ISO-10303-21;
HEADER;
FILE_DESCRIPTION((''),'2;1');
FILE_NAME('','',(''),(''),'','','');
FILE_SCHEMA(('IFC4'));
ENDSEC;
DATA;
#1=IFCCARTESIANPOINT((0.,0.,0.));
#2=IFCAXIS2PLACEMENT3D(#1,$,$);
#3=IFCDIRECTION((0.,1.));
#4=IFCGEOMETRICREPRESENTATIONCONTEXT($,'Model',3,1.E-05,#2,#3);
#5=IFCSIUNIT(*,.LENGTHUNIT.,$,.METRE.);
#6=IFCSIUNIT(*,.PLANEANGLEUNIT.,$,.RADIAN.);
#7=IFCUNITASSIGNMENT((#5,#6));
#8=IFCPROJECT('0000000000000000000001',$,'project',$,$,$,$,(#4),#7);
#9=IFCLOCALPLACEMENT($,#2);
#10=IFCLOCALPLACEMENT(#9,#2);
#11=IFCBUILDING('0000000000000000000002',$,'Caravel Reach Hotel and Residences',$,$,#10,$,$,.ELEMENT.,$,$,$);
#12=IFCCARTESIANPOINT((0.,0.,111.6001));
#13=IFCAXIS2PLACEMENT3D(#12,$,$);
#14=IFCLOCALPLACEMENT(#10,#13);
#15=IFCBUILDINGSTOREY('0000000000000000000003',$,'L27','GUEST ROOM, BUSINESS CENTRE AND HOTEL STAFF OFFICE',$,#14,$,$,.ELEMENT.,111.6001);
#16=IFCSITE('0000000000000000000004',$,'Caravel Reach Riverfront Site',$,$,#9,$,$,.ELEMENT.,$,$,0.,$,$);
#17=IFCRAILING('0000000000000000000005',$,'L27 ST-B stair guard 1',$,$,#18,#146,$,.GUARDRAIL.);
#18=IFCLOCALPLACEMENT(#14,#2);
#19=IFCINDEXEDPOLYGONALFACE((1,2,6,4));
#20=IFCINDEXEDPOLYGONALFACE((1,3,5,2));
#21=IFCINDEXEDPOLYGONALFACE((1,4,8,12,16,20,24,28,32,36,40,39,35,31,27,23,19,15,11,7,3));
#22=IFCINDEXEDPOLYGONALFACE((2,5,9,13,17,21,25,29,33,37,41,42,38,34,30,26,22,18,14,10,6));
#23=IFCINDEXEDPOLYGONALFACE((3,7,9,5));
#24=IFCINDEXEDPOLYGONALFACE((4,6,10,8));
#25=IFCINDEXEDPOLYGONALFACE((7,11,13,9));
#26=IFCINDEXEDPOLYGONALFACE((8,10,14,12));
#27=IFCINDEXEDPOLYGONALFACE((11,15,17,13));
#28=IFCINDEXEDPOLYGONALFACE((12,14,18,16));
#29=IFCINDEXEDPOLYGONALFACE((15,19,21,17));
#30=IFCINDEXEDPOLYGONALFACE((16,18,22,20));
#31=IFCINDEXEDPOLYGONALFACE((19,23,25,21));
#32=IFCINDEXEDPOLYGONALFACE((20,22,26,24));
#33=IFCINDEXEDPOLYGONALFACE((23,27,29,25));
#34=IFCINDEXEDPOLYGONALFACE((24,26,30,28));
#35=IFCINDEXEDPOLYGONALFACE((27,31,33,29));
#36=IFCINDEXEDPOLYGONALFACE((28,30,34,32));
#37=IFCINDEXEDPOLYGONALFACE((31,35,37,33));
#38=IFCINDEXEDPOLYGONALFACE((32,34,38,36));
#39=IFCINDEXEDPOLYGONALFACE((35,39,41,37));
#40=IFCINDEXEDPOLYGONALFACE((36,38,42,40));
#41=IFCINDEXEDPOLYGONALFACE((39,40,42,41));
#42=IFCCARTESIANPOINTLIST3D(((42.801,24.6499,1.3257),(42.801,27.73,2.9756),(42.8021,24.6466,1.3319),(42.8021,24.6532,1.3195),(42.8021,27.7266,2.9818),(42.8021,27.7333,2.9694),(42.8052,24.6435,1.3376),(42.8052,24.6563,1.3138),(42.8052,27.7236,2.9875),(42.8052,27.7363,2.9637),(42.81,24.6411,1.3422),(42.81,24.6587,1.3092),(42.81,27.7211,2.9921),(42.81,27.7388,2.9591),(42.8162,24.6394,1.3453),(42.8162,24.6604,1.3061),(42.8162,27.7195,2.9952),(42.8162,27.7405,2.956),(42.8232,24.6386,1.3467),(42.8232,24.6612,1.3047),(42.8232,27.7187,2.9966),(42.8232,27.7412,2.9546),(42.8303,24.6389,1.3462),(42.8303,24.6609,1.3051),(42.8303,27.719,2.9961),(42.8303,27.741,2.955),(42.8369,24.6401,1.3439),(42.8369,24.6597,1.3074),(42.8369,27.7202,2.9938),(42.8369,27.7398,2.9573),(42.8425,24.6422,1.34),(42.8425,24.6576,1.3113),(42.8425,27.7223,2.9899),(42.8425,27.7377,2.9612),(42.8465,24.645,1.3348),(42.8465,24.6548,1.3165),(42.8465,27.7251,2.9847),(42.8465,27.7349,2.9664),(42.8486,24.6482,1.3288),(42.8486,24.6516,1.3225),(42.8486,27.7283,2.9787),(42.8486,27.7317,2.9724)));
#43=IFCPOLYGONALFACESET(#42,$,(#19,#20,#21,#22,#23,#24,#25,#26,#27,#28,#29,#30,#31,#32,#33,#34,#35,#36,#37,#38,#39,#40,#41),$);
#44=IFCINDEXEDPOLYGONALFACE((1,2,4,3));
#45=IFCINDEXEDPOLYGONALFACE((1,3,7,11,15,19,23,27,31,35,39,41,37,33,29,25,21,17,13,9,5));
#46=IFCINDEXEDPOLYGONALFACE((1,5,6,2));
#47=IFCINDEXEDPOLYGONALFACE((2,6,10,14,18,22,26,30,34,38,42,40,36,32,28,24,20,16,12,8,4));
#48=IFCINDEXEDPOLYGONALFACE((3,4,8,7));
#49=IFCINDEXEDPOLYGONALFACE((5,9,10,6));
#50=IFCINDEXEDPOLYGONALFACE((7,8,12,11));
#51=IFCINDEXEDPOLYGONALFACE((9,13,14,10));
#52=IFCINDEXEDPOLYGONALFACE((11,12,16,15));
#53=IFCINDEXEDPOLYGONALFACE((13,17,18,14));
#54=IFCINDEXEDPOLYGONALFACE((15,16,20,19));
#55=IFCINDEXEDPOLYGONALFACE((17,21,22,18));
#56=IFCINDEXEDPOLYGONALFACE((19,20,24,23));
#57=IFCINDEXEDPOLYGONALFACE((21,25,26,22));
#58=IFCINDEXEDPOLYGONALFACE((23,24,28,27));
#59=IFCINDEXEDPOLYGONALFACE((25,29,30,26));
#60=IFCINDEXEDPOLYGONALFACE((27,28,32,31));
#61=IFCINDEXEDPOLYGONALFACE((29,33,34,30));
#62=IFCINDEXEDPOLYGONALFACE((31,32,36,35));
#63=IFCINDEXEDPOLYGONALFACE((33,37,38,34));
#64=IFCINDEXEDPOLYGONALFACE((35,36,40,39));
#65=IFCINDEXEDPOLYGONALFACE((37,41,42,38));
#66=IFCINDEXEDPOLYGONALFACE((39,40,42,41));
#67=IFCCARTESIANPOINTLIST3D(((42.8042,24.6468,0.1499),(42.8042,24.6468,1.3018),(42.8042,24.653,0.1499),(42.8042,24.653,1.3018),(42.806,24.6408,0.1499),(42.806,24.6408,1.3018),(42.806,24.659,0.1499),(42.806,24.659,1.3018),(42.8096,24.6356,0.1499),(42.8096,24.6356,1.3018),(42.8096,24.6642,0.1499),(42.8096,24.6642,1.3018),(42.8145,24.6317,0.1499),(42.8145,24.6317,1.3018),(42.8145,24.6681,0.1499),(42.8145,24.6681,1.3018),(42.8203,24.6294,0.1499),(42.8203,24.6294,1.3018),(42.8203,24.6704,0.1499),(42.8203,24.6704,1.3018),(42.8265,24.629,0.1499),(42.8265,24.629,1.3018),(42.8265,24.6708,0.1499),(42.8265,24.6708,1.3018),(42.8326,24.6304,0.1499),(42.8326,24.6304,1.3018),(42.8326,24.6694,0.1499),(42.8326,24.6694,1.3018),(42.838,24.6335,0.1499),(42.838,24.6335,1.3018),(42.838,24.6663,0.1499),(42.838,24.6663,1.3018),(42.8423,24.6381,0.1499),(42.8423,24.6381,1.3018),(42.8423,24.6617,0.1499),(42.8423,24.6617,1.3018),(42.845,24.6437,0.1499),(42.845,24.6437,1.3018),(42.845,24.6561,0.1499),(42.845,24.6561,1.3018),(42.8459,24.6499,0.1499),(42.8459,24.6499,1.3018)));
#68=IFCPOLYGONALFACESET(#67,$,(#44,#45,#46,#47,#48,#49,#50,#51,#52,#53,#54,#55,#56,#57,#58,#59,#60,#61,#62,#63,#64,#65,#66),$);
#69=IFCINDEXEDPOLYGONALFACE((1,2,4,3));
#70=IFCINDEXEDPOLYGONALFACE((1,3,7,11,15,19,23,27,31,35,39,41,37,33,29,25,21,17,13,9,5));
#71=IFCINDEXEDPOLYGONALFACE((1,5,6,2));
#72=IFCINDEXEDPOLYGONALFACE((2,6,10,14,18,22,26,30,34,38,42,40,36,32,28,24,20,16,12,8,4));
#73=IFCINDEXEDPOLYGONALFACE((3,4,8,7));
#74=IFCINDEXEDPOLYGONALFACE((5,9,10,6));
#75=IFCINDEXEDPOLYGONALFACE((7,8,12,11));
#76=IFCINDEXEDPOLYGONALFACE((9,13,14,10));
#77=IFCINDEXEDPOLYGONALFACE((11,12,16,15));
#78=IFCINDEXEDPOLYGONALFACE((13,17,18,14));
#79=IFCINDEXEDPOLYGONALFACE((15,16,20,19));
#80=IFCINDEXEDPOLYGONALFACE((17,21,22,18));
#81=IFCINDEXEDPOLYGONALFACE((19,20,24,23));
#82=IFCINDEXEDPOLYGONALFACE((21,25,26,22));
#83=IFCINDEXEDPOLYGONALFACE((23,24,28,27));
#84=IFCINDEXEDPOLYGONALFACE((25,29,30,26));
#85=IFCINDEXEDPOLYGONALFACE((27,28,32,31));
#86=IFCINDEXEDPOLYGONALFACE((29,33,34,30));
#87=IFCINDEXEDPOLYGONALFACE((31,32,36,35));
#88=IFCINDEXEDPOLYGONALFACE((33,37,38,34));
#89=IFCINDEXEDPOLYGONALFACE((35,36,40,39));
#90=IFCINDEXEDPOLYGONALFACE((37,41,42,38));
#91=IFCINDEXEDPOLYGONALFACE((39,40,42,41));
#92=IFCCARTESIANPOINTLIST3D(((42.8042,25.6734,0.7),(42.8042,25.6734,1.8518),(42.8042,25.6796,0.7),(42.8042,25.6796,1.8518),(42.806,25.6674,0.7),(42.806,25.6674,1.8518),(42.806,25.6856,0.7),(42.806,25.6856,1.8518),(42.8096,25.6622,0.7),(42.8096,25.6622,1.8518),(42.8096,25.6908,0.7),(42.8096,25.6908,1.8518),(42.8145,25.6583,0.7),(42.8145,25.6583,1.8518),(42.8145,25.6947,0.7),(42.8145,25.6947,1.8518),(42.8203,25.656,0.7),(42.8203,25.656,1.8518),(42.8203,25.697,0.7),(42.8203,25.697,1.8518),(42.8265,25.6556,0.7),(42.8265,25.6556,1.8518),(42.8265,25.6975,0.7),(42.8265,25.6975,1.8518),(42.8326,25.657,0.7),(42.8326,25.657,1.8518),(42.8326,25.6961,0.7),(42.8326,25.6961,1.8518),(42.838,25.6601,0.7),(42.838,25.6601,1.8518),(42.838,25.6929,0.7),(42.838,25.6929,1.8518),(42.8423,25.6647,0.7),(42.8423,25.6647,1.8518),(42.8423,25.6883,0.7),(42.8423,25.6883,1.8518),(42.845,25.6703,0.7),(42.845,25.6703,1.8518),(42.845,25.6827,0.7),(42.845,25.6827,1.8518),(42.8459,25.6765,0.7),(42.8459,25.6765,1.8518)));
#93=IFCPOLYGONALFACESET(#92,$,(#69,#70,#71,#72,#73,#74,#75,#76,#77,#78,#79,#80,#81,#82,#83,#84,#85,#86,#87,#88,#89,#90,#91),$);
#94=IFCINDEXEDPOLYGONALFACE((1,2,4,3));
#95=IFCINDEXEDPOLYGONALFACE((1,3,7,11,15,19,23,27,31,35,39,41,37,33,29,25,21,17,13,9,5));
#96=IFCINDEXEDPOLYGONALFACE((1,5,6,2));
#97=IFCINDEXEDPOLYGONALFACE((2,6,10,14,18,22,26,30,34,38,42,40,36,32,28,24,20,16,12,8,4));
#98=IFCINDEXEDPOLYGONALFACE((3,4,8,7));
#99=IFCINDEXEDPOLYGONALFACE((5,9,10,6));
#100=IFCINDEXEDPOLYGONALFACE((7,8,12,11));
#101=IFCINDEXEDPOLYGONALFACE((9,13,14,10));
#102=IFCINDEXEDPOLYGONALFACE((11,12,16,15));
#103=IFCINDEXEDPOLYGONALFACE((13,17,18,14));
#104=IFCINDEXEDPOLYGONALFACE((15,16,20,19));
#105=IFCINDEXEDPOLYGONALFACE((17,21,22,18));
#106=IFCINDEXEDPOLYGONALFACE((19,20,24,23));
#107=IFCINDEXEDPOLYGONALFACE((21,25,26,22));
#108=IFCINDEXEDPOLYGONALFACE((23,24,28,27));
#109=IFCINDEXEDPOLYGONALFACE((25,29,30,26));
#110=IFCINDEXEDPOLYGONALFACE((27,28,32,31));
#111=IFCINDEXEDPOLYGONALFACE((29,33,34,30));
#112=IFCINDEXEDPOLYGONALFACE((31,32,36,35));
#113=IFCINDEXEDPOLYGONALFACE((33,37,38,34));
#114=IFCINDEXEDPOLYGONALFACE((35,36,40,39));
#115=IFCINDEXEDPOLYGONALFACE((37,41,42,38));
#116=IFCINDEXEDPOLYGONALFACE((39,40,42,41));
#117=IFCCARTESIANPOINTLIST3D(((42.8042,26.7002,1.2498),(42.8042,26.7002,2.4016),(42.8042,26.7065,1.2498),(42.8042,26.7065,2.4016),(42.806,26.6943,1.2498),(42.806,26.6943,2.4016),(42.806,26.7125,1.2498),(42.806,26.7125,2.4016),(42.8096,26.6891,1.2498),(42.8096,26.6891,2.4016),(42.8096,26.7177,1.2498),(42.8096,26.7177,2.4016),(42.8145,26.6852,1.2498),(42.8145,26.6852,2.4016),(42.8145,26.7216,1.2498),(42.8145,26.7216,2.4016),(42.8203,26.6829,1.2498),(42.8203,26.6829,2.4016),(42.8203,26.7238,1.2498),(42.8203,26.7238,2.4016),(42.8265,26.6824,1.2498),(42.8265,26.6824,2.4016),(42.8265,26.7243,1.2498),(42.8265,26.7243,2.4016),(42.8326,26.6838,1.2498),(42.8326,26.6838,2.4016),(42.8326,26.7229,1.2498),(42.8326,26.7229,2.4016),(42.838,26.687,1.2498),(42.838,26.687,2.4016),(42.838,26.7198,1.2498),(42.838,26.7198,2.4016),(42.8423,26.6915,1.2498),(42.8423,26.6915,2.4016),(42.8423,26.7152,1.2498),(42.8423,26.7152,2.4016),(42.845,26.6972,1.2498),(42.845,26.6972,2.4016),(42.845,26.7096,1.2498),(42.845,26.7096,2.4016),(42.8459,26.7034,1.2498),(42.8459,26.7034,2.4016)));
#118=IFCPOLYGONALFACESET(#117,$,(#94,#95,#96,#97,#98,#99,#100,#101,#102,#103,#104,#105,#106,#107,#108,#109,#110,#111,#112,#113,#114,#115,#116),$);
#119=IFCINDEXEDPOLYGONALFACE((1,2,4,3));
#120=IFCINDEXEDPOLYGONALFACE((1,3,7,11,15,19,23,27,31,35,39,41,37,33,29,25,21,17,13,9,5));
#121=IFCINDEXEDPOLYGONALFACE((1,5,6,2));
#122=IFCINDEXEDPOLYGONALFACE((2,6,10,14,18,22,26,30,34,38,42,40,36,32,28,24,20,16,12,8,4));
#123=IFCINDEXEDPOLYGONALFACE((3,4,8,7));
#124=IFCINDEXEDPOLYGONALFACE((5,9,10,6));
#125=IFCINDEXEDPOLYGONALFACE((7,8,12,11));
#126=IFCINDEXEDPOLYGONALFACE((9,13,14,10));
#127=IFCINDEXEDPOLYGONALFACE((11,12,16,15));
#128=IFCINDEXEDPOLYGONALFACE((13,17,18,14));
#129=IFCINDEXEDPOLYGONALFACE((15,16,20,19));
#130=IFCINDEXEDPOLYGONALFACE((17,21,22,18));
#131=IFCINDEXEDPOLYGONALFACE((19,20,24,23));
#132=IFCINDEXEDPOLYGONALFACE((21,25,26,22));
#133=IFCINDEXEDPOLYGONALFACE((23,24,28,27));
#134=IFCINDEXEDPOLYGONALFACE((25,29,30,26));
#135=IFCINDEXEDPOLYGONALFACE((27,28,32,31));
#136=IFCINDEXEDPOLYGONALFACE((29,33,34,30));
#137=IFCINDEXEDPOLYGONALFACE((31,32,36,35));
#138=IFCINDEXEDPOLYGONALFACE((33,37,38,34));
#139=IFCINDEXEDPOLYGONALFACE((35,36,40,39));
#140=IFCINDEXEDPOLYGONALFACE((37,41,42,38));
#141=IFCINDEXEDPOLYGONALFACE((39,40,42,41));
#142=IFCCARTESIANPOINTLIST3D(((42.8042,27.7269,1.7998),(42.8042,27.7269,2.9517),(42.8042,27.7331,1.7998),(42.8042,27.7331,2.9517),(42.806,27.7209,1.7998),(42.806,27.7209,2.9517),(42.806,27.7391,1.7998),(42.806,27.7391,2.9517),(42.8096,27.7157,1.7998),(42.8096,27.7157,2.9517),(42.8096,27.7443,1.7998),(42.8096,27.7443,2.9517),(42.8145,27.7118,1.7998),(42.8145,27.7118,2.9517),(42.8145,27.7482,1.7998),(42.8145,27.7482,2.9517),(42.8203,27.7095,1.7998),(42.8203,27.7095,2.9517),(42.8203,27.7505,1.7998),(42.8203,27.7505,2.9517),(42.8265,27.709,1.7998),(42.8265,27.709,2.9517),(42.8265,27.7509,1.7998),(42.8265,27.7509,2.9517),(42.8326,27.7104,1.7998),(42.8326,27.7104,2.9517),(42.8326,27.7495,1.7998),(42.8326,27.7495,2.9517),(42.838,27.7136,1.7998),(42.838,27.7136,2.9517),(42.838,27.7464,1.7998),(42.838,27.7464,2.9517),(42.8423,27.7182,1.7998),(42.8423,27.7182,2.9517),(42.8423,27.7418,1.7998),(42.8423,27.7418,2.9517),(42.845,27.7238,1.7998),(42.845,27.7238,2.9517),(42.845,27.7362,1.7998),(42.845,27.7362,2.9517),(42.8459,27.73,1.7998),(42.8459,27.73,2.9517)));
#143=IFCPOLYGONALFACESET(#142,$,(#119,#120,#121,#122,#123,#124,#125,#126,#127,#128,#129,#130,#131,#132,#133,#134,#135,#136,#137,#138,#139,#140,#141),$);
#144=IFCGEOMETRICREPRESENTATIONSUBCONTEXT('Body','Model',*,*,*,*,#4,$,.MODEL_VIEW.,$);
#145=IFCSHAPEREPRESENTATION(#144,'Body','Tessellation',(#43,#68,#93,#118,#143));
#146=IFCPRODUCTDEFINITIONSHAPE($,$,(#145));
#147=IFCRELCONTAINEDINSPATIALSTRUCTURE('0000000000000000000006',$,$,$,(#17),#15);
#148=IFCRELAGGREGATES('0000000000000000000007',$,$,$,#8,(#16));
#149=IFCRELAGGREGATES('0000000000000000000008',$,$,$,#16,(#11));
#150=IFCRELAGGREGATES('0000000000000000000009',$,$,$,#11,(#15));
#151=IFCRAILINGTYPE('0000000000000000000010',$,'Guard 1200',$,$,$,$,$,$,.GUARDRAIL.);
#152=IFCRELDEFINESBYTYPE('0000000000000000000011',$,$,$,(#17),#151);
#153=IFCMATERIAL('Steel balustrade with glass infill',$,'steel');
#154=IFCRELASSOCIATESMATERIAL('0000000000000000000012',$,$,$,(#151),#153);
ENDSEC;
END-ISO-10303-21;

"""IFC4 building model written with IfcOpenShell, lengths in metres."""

from ifc_helpers import new_model, si_unit, direction, frame, origin, origin_2d, place, context, subcontext, project, spatial, circle, extrude, material, type_object, element, save


model = new_model("IFC4")

# Units and contexts
model_context = context("Model", 3, precision=1e-05, world=origin(), true_north=direction((0.0, 1.0)))
body_context = subcontext(model_context, "Body", "Model", "MODEL_VIEW")
ifc_project = project(units=[si_unit("LENGTHUNIT", "METRE"), si_unit("PLANEANGLEUNIT", "RADIAN")], contexts=[model_context])

# Site, building, storey
site_placement = place(None, origin())
site = spatial("IfcSite", under=ifc_project, at=site_placement, Name="Caravel Reach Riverfront Site", CompositionType="ELEMENT", RefElevation=0.0)
building_placement = place(site_placement, origin())
building = spatial("IfcBuilding", under=site, at=building_placement, Name="Caravel Reach Hotel and Residences", CompositionType="ELEMENT")
storey_placement = place(building_placement, frame((0.0, 0.0, 111.6001)))
storey = spatial("IfcBuildingStorey", under=building, at=storey_placement, Name="L27", Description="GUEST ROOM, BUSINESS CENTRE AND HOTEL STAFF OFFICE", CompositionType="ELEMENT", Elevation=111.6001)

# Railing
ifc_material_1 = material(Name="Steel balustrade with glass infill", Category="steel")
railing_type_1 = type_object("IfcRailingType", Name="Guard 1200", PredefinedType="GUARDRAIL", material=ifc_material_1)
railing_1_placement = place(storey_placement, frame((42.825, 24.6499, 0.1499)))
element("IfcRailing", 1, at=railing_1_placement, inside=storey, type_object=railing_type_1, Name="L27 ST-B stair guard 1", PredefinedType="GUARDRAIL", context=body_context, shape_type="SweptSolid", body=[
    extrude(circle(Radius=0.0239, at=origin_2d()), frame((0.0, 0.0, 1.1758), z_axis=(0.0, 0.881497, 0.47219), x_axis=(-1.0, 0.0, 0.0)), (0.0, 0.0, 1.0), 3.4941),
    extrude(circle(Radius=0.021, at=origin_2d()), origin(), (0.0, 0.0, 1.0), 1.1519),
    extrude(circle(Radius=0.021, at=origin_2d()), frame((0.0, 1.0266, 0.55)), (0.0, 0.0, 1.0), 1.1519),
    extrude(circle(Radius=0.021, at=origin_2d()), frame((0.0, 2.0535, 1.0999)), (0.0, 0.0, 1.0), 1.1519),
    extrude(circle(Radius=0.021, at=origin_2d()), frame((0.0, 3.0801, 1.6499)), (0.0, 0.0, 1.0), 1.1519),
])

save(model, "model.ifc")
